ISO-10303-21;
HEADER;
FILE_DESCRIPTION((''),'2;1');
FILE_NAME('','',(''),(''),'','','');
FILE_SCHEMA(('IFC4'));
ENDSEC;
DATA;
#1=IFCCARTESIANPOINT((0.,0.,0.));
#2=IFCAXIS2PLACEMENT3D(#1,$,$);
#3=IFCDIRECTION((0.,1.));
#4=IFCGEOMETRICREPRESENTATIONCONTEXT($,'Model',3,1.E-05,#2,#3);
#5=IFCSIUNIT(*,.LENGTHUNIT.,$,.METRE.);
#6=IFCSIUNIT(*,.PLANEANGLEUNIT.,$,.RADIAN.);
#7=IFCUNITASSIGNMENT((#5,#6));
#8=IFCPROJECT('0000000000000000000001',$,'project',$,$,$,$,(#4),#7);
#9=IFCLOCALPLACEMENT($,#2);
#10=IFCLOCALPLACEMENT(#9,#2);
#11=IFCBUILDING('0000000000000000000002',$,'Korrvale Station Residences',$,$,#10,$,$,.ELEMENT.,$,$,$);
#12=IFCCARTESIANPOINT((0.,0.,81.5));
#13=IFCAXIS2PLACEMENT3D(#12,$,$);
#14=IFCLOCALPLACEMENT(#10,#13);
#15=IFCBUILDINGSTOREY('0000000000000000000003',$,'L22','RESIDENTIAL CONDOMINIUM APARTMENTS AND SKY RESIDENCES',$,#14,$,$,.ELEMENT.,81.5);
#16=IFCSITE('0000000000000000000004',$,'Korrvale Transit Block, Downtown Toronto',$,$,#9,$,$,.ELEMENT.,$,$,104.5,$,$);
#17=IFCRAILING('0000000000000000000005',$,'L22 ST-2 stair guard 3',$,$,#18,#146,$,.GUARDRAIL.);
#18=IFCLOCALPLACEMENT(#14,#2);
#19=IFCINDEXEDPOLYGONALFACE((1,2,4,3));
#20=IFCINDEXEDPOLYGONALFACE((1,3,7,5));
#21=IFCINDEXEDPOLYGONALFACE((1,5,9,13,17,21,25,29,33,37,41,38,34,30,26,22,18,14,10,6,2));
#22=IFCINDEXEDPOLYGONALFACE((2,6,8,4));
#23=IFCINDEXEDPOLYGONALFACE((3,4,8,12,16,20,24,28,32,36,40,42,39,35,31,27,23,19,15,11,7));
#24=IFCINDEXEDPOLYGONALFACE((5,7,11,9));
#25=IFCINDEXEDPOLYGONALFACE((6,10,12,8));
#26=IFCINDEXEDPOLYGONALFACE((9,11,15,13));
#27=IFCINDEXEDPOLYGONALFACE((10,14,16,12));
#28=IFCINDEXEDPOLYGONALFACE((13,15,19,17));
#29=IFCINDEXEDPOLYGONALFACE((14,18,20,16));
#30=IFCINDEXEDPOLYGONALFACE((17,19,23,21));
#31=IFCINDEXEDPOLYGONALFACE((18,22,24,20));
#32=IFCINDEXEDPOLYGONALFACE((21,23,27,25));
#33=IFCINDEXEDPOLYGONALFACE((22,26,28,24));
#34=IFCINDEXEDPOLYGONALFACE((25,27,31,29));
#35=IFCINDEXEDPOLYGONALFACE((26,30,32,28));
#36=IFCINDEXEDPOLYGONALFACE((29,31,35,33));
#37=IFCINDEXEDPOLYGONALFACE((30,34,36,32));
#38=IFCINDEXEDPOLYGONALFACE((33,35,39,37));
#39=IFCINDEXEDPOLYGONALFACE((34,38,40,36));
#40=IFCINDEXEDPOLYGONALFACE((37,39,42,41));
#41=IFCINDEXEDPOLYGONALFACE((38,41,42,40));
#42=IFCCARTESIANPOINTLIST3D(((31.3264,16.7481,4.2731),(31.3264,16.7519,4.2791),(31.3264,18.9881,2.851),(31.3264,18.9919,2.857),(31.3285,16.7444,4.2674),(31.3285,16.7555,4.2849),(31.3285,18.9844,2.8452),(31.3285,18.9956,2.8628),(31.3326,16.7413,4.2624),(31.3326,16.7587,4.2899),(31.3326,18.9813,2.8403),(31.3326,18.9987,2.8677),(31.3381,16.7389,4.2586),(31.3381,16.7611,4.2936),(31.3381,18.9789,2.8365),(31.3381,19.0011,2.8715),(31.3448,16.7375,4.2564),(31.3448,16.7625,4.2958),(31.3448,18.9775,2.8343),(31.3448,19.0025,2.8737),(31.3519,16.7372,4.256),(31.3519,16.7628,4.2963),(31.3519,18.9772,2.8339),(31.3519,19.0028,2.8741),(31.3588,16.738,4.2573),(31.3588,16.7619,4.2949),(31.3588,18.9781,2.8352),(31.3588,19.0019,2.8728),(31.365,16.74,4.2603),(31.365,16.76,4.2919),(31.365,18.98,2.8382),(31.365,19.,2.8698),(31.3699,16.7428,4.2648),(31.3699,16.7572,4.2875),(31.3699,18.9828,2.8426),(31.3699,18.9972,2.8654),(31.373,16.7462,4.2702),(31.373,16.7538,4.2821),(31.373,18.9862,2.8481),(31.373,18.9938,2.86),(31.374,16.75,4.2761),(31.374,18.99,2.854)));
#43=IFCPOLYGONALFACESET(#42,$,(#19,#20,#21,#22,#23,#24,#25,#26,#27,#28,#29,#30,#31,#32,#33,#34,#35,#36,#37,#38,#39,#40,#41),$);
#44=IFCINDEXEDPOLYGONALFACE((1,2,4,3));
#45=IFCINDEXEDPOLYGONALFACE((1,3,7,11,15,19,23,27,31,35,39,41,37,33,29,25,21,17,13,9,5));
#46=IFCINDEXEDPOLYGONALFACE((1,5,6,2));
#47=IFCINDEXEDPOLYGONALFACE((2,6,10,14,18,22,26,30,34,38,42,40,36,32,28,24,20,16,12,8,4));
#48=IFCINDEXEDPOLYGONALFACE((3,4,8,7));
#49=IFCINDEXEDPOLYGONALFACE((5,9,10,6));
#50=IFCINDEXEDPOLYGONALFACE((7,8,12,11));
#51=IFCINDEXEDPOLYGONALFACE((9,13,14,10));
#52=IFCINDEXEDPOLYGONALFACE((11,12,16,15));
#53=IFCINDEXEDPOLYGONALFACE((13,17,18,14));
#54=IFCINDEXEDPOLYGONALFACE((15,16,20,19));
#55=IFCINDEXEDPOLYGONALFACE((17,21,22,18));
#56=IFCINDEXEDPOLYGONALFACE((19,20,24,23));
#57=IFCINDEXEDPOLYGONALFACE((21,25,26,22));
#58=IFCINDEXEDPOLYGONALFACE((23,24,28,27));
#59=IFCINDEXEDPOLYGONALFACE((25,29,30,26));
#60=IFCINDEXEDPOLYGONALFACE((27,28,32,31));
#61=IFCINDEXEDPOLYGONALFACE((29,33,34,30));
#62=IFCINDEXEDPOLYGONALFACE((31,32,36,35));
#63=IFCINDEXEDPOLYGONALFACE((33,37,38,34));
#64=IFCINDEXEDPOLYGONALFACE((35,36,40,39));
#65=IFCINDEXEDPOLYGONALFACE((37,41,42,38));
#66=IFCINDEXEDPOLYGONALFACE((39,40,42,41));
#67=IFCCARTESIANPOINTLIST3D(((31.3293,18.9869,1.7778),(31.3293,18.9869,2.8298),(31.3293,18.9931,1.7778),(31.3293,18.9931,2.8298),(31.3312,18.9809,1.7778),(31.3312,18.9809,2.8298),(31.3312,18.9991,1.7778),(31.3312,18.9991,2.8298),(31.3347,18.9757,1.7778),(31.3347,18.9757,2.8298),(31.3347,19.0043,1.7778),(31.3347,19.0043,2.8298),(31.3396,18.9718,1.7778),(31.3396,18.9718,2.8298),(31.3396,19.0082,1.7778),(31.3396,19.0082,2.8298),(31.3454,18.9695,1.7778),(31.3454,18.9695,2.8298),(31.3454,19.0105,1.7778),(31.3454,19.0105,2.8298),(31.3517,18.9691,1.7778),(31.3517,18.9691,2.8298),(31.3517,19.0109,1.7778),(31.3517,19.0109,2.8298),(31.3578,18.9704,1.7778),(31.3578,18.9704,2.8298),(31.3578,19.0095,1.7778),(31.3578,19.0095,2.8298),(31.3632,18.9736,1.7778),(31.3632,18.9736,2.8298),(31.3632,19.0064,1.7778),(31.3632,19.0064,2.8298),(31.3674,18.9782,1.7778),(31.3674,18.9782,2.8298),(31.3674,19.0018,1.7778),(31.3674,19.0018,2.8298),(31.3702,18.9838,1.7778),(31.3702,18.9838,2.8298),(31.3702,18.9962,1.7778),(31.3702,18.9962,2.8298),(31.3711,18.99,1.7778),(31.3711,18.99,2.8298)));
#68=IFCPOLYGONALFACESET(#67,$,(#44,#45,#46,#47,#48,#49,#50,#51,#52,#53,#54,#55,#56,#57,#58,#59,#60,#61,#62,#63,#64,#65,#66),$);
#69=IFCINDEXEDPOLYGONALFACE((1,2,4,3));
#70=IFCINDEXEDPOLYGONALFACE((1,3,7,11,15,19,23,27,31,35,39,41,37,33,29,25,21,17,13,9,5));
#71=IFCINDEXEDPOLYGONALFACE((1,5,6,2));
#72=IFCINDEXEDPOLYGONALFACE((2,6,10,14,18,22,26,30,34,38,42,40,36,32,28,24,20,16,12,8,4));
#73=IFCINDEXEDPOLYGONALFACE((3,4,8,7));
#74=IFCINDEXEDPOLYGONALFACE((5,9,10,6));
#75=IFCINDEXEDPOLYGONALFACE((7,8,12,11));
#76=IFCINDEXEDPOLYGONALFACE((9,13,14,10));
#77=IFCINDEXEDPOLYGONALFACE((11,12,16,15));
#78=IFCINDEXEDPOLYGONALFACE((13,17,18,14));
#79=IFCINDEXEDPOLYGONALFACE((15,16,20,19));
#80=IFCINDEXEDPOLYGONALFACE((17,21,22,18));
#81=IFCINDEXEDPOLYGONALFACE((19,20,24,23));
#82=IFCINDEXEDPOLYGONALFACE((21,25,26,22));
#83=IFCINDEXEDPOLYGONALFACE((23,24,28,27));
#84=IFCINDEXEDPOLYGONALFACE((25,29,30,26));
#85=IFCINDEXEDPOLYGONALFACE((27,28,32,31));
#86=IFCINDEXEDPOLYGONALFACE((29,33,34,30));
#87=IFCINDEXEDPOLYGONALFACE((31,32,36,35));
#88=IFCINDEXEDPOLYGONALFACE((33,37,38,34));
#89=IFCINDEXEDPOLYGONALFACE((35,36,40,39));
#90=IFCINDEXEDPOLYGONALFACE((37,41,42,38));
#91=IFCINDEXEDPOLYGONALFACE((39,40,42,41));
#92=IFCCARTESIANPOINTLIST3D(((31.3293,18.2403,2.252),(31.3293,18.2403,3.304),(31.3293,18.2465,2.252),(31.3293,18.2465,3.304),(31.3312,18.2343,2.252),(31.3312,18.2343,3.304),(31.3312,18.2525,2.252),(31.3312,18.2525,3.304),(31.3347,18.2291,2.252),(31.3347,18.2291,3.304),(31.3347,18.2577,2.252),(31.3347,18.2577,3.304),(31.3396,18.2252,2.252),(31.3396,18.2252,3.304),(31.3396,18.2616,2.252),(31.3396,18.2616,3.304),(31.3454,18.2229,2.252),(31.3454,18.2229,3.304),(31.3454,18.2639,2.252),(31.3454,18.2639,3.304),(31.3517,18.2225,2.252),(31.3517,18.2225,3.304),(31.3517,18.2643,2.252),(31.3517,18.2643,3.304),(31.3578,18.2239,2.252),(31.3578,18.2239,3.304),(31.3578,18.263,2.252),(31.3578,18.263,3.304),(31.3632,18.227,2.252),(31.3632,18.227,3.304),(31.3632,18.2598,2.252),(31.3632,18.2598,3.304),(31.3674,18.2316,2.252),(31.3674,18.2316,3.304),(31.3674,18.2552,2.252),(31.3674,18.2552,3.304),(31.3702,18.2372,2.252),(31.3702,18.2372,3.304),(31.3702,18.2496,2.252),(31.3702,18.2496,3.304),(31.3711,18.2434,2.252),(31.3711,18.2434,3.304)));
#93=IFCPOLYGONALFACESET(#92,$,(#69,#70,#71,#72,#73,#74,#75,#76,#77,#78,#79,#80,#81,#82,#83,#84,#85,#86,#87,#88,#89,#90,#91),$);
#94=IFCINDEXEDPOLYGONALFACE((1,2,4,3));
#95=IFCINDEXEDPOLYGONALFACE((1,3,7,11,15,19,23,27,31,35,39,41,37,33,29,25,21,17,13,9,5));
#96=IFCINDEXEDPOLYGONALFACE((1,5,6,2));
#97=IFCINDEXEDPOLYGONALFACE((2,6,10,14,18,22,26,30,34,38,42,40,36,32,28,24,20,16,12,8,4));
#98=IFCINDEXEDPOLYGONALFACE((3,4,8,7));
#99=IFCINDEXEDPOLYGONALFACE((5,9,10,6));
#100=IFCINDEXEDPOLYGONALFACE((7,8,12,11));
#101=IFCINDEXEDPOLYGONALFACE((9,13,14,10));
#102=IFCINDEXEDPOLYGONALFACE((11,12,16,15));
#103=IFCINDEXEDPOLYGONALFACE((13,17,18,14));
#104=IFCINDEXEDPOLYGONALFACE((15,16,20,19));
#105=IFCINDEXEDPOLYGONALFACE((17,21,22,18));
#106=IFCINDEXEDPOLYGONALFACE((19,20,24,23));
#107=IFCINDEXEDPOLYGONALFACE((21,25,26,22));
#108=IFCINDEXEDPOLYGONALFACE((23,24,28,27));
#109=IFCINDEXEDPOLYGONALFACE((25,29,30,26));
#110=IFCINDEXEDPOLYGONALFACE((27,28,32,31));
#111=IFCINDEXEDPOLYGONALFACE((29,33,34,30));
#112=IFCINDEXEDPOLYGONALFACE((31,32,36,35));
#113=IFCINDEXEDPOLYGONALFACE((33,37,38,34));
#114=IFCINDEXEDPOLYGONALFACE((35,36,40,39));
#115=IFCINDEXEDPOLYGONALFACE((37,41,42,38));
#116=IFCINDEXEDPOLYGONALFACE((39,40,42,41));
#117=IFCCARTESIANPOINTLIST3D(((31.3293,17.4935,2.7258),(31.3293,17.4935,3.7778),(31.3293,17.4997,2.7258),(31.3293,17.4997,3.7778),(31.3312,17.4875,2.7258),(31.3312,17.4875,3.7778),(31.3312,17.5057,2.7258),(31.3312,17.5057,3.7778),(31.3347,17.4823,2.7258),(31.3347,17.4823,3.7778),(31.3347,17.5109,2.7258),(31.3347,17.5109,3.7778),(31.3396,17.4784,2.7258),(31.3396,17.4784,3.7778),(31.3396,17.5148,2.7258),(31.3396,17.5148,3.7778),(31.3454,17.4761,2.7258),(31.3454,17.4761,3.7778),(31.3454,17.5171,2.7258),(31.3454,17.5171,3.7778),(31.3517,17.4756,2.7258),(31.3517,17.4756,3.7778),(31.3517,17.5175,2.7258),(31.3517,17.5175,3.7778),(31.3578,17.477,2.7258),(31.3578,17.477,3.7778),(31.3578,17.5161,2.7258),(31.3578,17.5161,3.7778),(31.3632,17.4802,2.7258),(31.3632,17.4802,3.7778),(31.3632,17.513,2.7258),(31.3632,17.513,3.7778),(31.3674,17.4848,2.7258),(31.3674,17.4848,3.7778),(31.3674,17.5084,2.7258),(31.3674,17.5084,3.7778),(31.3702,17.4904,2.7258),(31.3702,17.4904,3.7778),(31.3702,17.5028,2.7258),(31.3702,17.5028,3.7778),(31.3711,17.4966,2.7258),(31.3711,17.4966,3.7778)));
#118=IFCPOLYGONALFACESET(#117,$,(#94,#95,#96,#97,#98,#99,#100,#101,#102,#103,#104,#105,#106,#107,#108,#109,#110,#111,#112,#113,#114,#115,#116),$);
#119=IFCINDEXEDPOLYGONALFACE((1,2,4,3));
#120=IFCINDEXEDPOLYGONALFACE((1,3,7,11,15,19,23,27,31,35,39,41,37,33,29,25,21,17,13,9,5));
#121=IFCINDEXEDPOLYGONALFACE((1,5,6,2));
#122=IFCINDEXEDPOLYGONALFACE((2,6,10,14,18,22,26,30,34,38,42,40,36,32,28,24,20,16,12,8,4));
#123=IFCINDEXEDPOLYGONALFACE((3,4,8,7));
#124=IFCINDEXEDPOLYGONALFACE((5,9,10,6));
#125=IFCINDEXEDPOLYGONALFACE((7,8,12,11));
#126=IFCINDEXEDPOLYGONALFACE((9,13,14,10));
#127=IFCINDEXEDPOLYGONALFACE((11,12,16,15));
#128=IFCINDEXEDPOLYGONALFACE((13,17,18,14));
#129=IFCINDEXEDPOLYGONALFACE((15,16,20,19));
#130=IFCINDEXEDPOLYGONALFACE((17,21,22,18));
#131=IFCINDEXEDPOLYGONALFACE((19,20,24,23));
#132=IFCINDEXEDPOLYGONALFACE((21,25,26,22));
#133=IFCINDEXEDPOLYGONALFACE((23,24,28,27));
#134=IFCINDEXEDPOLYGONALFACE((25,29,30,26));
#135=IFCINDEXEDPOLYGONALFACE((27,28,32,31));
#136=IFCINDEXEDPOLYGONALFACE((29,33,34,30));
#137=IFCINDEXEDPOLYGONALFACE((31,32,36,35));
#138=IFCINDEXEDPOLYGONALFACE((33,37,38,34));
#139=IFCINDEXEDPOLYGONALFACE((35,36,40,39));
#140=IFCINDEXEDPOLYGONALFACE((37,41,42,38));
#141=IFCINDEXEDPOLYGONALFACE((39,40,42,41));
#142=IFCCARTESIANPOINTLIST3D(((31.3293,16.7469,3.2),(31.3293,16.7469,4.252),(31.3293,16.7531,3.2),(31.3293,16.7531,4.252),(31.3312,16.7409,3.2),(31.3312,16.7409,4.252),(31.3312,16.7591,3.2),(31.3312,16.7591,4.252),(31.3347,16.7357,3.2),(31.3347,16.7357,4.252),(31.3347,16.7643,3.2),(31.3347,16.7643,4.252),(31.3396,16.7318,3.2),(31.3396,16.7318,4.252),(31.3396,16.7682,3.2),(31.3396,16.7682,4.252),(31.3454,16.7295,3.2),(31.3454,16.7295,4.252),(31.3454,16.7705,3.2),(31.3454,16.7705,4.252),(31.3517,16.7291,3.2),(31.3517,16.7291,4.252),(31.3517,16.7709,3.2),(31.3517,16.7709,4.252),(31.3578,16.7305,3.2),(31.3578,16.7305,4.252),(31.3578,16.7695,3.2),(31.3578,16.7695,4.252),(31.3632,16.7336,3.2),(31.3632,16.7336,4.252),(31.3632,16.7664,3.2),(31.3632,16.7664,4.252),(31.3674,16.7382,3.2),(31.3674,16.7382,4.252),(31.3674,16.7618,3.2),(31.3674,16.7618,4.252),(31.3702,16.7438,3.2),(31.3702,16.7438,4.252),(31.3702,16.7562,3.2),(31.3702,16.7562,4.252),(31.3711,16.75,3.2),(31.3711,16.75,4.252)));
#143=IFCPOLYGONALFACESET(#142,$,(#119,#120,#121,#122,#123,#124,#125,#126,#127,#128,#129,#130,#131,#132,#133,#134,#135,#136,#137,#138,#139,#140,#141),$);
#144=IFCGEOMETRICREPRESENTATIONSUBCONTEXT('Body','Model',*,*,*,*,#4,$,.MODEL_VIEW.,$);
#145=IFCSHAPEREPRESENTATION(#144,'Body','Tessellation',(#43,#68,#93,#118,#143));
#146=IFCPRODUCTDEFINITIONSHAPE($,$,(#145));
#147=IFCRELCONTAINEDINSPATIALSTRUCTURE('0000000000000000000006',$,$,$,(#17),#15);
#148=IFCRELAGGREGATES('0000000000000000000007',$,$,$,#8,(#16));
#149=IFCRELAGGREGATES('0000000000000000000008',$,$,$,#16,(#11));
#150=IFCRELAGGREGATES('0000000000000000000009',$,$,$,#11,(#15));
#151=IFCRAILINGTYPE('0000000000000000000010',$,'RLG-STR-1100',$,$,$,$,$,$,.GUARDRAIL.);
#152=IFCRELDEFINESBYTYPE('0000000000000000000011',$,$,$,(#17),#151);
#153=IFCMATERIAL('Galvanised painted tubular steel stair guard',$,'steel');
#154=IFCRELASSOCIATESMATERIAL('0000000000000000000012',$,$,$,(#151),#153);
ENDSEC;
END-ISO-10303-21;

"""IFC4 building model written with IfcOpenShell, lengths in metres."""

from ifc_helpers import new_model, si_unit, direction, frame, origin, origin_2d, place, context, subcontext, project, spatial, circle, extrude, material, type_object, element, save


model = new_model("IFC4")

# Units and contexts
model_context = context("Model", 3, precision=1e-05, world=origin(), true_north=direction((0.0, 1.0)))
body_context = subcontext(model_context, "Body", "Model", "MODEL_VIEW")
ifc_project = project(units=[si_unit("LENGTHUNIT", "METRE"), si_unit("PLANEANGLEUNIT", "RADIAN")], contexts=[model_context])

# Site, building, storey
site_placement = place(None, origin())
site = spatial("IfcSite", under=ifc_project, at=site_placement, Name="Korrvale Transit Block, Downtown Toronto", CompositionType="ELEMENT", RefElevation=104.5)
building_placement = place(site_placement, origin())
building = spatial("IfcBuilding", under=site, at=building_placement, Name="Korrvale Station Residences", CompositionType="ELEMENT")
storey_placement = place(building_placement, frame((0.0, 0.0, 81.5)))
storey = spatial("IfcBuildingStorey", under=building, at=storey_placement, Name="L22", Description="RESIDENTIAL CONDOMINIUM APARTMENTS AND SKY RESIDENCES", CompositionType="ELEMENT", Elevation=81.5)

# Railing
ifc_material_1 = material(Name="Galvanised painted tubular steel stair guard", Category="steel")
railing_type_1 = type_object("IfcRailingType", Name="RLG-STR-1100", PredefinedType="GUARDRAIL", material=ifc_material_1)
railing_1_placement = place(storey_placement, frame((31.3501, 18.99, 1.7778)))
element("IfcRailing", 1, at=railing_1_placement, inside=storey, type_object=railing_type_1, Name="L22 ST-2 stair guard 3", PredefinedType="GUARDRAIL", context=body_context, shape_type="SweptSolid", body=[
    extrude(circle(Radius=0.0239, at=origin_2d()), frame((0.0, 0.0, 1.0762), z_axis=(0.0, -0.844229, 0.535982), x_axis=(1.0, 0.0, 0.0)), (0.0, 0.0, 1.0), 2.6533),
    extrude(circle(Radius=0.021, at=origin_2d()), origin(), (0.0, 0.0, 1.0), 1.052),
    extrude(circle(Radius=0.021, at=origin_2d()), frame((0.0, -0.7466, 0.4741)), (0.0, 0.0, 1.0), 1.052),
    extrude(circle(Radius=0.021, at=origin_2d()), frame((0.0, -1.4934, 0.948)), (0.0, 0.0, 1.0), 1.052),
    extrude(circle(Radius=0.021, at=origin_2d()), frame((0.0, -2.24, 1.4221)), (0.0, 0.0, 1.0), 1.052),
])

save(model, "model.ifc")
